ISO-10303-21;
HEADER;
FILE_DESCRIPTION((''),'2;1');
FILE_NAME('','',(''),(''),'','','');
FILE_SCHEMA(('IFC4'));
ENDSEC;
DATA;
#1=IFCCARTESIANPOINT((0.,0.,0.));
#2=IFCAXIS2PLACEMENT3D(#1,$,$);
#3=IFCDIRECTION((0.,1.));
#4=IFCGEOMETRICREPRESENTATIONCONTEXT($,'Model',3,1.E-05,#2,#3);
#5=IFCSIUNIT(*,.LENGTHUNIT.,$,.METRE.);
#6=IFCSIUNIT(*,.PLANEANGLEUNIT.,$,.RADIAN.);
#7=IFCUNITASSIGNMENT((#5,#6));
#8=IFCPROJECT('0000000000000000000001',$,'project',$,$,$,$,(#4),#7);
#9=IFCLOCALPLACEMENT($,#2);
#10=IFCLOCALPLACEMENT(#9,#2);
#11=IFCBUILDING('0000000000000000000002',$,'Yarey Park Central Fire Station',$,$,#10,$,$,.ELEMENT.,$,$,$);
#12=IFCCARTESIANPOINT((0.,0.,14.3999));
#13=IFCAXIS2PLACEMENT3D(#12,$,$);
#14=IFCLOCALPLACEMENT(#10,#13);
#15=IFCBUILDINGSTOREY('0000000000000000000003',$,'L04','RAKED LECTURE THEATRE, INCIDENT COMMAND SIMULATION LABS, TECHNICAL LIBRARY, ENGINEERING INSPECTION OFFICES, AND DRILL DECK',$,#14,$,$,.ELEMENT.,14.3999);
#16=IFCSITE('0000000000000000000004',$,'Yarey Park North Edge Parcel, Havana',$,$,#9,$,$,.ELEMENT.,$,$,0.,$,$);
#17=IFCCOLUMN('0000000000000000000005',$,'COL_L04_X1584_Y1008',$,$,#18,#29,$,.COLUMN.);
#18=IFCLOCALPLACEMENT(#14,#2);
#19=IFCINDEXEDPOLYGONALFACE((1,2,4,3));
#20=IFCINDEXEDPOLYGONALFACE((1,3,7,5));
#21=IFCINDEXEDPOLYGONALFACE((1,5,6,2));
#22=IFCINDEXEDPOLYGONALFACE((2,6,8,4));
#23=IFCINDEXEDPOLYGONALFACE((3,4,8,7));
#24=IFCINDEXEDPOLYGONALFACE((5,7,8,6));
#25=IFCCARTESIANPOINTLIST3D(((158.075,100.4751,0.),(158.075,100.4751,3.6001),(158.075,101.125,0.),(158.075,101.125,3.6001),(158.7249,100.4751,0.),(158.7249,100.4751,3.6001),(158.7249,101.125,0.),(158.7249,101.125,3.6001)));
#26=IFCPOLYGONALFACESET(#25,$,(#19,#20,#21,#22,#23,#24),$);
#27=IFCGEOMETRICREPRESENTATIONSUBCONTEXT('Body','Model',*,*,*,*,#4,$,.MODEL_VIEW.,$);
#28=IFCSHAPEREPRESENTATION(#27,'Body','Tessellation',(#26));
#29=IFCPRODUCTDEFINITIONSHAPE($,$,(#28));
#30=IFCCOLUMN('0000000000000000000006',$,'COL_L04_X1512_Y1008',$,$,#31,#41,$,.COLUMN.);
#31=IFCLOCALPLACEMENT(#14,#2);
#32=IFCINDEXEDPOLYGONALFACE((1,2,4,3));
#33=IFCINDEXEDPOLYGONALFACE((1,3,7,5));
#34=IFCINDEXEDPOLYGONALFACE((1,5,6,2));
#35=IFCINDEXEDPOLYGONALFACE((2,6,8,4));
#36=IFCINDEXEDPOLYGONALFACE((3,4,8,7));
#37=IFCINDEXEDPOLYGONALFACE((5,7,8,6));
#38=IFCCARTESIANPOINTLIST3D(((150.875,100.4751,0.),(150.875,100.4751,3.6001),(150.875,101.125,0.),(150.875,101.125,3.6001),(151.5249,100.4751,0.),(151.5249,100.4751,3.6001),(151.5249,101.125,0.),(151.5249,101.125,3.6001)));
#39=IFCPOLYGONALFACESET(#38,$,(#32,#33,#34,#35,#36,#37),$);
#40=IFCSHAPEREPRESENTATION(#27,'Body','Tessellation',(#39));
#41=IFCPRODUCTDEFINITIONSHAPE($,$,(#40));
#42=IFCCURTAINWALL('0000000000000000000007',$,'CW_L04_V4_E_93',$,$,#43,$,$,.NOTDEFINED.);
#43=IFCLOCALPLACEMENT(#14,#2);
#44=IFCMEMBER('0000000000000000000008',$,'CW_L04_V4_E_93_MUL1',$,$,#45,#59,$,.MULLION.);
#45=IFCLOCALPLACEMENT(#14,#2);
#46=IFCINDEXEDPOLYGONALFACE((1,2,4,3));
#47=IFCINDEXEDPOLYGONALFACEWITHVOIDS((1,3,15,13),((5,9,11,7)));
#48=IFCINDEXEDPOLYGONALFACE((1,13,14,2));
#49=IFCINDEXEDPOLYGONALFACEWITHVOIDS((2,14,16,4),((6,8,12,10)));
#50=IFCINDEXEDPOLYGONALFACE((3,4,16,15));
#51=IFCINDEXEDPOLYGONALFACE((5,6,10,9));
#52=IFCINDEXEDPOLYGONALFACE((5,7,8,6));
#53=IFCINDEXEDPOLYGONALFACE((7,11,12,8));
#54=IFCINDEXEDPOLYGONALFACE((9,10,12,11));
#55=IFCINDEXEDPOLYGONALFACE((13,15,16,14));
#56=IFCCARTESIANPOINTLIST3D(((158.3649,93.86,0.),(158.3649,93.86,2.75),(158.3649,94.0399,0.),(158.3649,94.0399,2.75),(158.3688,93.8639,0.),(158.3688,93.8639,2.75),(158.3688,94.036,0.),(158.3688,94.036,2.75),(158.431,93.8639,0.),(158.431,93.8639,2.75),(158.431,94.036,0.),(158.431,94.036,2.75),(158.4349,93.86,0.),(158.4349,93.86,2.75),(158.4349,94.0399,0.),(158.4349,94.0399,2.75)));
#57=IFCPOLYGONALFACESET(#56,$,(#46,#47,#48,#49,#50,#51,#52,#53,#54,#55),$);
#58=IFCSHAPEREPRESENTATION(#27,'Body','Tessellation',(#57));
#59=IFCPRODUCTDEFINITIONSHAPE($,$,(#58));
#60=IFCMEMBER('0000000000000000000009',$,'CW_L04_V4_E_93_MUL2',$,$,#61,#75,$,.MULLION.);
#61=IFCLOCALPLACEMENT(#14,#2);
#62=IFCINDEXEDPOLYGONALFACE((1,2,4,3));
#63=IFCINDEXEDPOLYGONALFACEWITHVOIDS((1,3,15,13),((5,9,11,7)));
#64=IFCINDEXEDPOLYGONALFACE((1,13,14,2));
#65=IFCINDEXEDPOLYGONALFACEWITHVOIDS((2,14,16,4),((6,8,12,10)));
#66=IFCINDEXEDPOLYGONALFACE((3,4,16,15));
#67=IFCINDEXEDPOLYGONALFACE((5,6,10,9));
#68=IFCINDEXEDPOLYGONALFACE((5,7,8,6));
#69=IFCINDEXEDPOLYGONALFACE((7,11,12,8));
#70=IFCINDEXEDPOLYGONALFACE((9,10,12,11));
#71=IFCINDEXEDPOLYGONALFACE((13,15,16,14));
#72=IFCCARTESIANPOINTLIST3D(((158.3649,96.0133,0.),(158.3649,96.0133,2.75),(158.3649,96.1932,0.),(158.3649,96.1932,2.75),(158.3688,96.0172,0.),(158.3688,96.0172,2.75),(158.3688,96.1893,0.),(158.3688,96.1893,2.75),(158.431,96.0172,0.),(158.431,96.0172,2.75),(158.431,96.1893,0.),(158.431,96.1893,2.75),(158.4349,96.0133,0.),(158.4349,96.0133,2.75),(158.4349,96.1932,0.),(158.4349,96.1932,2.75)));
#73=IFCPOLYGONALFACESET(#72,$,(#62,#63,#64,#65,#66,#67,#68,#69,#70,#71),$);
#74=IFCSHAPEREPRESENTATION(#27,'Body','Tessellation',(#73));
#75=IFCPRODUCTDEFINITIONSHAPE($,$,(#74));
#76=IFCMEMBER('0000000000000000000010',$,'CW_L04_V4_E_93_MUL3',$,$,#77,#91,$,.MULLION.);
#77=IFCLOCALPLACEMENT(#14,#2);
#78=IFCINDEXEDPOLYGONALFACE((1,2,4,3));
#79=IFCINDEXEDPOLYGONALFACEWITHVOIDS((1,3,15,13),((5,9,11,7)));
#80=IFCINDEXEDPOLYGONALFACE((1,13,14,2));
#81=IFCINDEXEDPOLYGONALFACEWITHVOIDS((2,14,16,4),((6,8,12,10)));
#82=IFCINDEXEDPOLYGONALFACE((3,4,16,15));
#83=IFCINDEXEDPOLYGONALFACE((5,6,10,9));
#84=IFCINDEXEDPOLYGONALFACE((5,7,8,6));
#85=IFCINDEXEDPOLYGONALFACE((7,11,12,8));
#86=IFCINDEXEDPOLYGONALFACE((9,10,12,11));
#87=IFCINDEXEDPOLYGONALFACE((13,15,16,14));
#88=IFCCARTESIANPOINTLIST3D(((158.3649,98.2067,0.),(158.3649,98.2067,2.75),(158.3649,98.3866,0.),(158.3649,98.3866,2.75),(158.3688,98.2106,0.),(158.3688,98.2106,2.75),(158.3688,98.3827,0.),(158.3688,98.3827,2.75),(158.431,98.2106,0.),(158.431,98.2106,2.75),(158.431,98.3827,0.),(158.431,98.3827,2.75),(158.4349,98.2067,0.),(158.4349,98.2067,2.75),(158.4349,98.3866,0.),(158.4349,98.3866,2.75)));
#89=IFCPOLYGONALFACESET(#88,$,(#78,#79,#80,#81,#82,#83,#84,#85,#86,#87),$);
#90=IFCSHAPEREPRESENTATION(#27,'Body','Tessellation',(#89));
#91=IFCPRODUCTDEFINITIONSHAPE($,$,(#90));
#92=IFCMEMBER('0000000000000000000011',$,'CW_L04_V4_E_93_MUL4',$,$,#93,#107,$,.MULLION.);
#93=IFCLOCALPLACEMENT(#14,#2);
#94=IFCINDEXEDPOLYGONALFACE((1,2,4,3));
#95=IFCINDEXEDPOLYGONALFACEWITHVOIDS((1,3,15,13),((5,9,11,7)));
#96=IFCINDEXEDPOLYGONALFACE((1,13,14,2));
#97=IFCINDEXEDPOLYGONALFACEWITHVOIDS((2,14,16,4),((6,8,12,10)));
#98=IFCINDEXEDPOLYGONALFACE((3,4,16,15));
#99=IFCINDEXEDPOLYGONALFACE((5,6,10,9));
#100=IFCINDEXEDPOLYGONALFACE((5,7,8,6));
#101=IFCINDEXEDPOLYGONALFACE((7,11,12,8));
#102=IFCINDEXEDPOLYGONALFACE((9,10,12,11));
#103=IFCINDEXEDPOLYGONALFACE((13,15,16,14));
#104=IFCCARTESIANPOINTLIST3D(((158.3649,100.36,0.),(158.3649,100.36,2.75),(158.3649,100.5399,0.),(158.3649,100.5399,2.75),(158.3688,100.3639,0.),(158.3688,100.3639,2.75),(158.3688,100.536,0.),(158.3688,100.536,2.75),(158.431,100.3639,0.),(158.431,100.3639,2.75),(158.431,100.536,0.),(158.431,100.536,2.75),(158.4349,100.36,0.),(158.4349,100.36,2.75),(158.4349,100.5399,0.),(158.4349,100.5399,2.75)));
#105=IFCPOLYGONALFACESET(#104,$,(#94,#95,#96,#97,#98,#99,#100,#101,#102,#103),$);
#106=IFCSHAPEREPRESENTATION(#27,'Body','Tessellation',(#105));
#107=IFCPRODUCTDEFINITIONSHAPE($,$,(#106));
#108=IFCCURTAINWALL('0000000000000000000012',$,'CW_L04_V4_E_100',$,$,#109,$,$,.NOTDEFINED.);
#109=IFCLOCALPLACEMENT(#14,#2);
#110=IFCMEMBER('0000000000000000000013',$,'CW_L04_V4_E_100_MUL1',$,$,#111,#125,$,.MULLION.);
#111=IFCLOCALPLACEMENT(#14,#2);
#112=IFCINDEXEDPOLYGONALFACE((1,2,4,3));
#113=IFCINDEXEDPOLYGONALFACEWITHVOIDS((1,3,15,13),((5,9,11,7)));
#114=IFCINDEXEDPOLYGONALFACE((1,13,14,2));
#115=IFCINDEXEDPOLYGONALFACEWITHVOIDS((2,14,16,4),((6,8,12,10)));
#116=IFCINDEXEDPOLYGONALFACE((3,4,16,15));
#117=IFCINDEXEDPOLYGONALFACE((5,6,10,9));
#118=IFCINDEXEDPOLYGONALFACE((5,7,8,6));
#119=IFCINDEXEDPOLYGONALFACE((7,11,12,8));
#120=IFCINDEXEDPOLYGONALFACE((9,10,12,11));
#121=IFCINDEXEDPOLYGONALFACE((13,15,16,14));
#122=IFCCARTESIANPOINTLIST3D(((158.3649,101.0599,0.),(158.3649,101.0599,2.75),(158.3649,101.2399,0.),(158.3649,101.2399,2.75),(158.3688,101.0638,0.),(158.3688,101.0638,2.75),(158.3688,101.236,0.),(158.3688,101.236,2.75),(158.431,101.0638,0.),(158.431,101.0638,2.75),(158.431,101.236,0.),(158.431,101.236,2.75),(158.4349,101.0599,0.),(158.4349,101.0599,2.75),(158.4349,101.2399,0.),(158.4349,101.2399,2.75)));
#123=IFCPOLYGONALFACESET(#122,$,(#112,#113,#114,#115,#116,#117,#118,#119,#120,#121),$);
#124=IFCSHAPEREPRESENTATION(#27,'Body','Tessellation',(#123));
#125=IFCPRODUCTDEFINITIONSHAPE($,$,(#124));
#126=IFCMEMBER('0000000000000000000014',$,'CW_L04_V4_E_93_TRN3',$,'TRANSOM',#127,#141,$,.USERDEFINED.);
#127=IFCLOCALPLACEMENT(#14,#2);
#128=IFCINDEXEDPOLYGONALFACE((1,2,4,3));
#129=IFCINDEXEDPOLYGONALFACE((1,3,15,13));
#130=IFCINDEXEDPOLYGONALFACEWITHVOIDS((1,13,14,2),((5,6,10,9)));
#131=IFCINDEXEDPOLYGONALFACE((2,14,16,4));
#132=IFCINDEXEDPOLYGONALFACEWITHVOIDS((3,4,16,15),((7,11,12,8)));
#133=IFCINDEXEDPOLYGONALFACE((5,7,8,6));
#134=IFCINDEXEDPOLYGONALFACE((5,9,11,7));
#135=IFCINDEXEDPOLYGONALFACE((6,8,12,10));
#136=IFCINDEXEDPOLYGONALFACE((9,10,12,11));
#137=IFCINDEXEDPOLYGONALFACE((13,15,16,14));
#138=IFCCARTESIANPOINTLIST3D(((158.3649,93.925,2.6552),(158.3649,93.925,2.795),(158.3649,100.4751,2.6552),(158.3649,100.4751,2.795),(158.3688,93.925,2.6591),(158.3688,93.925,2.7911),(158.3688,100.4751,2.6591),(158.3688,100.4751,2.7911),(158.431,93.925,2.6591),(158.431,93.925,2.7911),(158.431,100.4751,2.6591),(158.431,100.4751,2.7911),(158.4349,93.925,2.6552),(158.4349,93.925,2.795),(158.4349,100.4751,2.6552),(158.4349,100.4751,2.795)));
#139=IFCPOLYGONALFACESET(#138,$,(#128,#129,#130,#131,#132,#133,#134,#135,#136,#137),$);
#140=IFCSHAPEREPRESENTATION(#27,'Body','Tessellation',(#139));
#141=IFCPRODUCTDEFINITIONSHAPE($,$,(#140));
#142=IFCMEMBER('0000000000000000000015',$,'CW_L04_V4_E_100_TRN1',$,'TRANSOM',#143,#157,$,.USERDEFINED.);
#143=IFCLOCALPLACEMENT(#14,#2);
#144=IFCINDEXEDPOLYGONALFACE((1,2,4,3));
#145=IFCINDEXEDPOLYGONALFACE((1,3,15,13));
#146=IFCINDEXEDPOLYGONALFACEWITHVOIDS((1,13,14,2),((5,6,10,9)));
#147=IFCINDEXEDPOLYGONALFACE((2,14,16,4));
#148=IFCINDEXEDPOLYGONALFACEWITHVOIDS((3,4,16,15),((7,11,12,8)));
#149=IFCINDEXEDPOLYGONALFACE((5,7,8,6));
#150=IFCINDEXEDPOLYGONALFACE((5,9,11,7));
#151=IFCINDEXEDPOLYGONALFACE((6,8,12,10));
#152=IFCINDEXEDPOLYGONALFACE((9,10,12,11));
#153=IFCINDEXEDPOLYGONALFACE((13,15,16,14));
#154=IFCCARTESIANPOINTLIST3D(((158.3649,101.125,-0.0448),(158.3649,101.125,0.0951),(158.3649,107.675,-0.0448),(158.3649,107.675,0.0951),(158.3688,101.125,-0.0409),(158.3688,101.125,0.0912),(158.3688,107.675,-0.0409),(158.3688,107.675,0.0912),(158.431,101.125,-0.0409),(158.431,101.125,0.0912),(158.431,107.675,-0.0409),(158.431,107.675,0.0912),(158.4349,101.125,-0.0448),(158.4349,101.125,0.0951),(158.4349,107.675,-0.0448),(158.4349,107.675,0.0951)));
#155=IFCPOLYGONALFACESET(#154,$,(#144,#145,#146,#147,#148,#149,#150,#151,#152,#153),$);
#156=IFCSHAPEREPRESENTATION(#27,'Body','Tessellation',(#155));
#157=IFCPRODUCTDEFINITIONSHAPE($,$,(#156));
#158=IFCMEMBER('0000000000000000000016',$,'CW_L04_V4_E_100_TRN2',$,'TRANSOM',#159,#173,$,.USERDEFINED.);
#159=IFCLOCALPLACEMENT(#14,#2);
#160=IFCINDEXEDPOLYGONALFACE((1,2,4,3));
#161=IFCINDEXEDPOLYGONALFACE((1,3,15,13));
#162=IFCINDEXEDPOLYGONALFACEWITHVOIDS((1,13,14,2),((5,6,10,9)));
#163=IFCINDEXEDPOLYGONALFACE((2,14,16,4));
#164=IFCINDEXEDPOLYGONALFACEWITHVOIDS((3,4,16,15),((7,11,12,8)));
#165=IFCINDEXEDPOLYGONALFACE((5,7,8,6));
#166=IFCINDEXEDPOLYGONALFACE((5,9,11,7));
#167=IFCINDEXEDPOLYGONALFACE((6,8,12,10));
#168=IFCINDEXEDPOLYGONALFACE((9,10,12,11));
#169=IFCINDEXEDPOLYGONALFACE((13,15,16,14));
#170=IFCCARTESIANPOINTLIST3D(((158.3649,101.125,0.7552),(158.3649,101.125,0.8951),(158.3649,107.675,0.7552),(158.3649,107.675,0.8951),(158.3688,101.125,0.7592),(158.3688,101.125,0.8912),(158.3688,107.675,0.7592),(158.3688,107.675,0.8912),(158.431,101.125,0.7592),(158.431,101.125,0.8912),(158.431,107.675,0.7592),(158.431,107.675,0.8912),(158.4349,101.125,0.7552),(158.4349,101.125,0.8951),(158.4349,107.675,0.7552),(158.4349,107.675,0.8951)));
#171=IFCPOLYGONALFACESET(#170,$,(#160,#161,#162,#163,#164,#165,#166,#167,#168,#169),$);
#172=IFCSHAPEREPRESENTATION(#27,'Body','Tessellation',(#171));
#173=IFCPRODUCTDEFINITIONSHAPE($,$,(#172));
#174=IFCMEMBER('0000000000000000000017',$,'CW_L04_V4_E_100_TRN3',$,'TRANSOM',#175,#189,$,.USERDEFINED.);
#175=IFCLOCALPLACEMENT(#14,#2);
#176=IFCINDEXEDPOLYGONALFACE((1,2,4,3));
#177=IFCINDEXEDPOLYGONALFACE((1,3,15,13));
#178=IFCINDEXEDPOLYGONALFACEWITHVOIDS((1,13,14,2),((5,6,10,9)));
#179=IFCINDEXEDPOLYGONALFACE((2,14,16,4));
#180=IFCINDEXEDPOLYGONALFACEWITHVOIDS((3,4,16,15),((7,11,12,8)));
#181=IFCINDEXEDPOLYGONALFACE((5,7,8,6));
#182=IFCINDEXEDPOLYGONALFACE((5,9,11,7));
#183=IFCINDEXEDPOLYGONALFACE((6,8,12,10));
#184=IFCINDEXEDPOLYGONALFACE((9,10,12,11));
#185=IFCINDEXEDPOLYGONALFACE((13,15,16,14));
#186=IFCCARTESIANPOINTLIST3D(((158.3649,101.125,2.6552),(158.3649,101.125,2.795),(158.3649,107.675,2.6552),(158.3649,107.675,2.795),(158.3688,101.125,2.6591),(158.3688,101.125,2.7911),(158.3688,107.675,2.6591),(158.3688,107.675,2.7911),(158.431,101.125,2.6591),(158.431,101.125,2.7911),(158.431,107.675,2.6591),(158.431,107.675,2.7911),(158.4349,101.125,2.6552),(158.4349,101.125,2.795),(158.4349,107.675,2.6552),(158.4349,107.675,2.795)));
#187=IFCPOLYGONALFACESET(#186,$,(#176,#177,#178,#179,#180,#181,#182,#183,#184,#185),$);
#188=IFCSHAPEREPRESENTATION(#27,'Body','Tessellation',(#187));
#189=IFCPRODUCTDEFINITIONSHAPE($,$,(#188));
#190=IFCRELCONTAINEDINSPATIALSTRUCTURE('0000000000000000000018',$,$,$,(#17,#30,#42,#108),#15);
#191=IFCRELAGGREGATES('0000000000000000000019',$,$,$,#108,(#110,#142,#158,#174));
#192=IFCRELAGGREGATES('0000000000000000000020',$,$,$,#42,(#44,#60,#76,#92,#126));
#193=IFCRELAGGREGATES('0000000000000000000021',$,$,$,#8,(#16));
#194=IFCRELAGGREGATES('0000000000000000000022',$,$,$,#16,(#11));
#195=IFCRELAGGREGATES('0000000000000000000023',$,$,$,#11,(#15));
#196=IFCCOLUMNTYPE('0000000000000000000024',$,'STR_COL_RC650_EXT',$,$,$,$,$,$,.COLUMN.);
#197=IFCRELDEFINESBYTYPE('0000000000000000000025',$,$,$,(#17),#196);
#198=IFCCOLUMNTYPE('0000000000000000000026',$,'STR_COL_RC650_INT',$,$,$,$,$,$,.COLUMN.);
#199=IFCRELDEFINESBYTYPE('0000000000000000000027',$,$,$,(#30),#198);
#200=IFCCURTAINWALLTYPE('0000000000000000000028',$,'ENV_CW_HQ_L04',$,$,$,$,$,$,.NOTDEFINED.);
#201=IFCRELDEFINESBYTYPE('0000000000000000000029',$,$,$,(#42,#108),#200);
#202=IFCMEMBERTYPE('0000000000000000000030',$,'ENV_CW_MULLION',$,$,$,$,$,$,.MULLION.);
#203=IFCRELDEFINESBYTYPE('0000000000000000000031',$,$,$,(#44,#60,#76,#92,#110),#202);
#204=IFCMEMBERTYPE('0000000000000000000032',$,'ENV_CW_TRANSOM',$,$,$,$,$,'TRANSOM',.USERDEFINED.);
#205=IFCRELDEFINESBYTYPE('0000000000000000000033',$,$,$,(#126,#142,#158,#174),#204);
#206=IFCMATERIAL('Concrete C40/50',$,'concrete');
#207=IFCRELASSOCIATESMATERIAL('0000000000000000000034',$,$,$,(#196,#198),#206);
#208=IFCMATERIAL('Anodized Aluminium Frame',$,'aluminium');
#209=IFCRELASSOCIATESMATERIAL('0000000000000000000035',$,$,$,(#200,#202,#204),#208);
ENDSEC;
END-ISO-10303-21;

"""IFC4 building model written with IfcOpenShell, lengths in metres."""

from ifc_helpers import new_model, si_unit, direction, frame, origin, origin_2d, place, context, subcontext, project, spatial, rectangle, hollow_rectangle, extrude, material, material_profile, profile_set, type_object, element, aggregate, save


model = new_model("IFC4")

# Units and contexts
model_context = context("Model", 3, precision=1e-05, world=origin(), true_north=direction((0.0, 1.0)))
body_context = subcontext(model_context, "Body", "Model", "MODEL_VIEW")
ifc_project = project(units=[si_unit("LENGTHUNIT", "METRE"), si_unit("PLANEANGLEUNIT", "RADIAN")], contexts=[model_context])

# Site, building, storey
site_placement = place(None, origin())
site = spatial("IfcSite", under=ifc_project, at=site_placement, Name="Yarey Park North Edge Parcel, Havana", CompositionType="ELEMENT", RefElevation=0.0)
building_placement = place(site_placement, origin())
building = spatial("IfcBuilding", under=site, at=building_placement, Name="Yarey Park Central Fire Station", CompositionType="ELEMENT")
storey_placement = place(building_placement, frame((0.0, 0.0, 14.3999)))
storey = spatial("IfcBuildingStorey", under=building, at=storey_placement, Name="L04", Description="RAKED LECTURE THEATRE, INCIDENT COMMAND SIMULATION LABS, TECHNICAL LIBRARY, ENGINEERING INSPECTION OFFICES, AND DRILL DECK", CompositionType="ELEMENT", Elevation=14.3999)

# Columns
ifc_material_1 = material(Name="Concrete C40/50", Category="concrete")
ifc_material_profile_1 = material_profile(ifc_material_1, rectangle(XDim=0.6499, YDim=0.6499, at=origin_2d()), Name="RC 650x650")
ifc_profile_set_1 = profile_set([ifc_material_profile_1], Name="Concrete C40/50")
column_type_1 = type_object("IfcColumnType", Name="STR_COL_RC650_EXT", PredefinedType="COLUMN", material=ifc_profile_set_1)
column_1_placement = place(storey_placement, frame((158.3999, 100.8, 0.0), z_axis=(0.0, 0.0, 1.0), x_axis=(1.0, 0.0, 0.0)))
element("IfcColumn", 1, at=column_1_placement, inside=storey, type_object=column_type_1, Name="COL_L04_X1584_Y1008", PredefinedType="COLUMN", context=body_context, shape_type="SweptSolid", body=[
    extrude(rectangle(XDim=0.6499, YDim=0.6499, at=origin_2d()), origin(), (0.0, 0.0, 1.0), 3.6001),
])
ifc_material_profile_2 = material_profile(ifc_material_1, rectangle(XDim=0.6499, YDim=0.6499, at=origin_2d()), Name="RC 650x650")
ifc_profile_set_2 = profile_set([ifc_material_profile_2], Name="Concrete C40/50")
column_type_2 = type_object("IfcColumnType", Name="STR_COL_RC650_INT", PredefinedType="COLUMN", material=ifc_profile_set_2)
column_2_placement = place(storey_placement, frame((151.2, 100.8, 0.0), z_axis=(0.0, 0.0, 1.0), x_axis=(1.0, 0.0, 0.0)))
element("IfcColumn", 2, at=column_2_placement, inside=storey, type_object=column_type_2, Name="COL_L04_X1512_Y1008", PredefinedType="COLUMN", context=body_context, shape_type="SweptSolid", body=[
    extrude(rectangle(XDim=0.6499, YDim=0.6499, at=origin_2d()), origin(), (0.0, 0.0, 1.0), 3.6001),
])

# Curtain wall, members
ifc_material_2 = material(Name="Anodized Aluminium Frame", Category="aluminium")
curtain_wall_type = type_object("IfcCurtainWallType", Name="ENV_CW_HQ_L04", PredefinedType="NOTDEFINED", material=ifc_material_2)
curtain_wall_1_placement = place(storey_placement, origin())
curtain_wall_1 = element("IfcCurtainWall", 3, at=curtain_wall_1_placement, inside=storey, type_object=curtain_wall_type, Name="CW_L04_V4_E_93", PredefinedType="NOTDEFINED")
ifc_material_profile_3 = material_profile(ifc_material_2, hollow_rectangle(XDim=0.0701, YDim=0.1799, WallThickness=0.0039, at=origin_2d()), Name="ALU 180x70x4")
ifc_profile_set_3 = profile_set([ifc_material_profile_3], Name="Anodized Aluminium Frame")
member_type_1 = type_object("IfcMemberType", Name="ENV_CW_MULLION", PredefinedType="MULLION", material=ifc_profile_set_3)
member_1_placement = place(storey_placement, frame((158.3999, 93.95, 0.0), z_axis=(0.0, 0.0, 1.0), x_axis=(1.0, 0.0, 0.0)))
member_1 = element("IfcMember", 4, at=member_1_placement, type_object=member_type_1, Name="CW_L04_V4_E_93_MUL1", PredefinedType="MULLION", context=body_context, shape_type="SweptSolid", body=[
    extrude(hollow_rectangle(XDim=0.0701, YDim=0.1799, WallThickness=0.0039, at=origin_2d()), origin(), (0.0, 0.0, 1.0), 2.75),
])
member_2_placement = place(storey_placement, frame((158.3999, 96.1033, 0.0), z_axis=(0.0, 0.0, 1.0), x_axis=(1.0, 0.0, 0.0)))
member_2 = element("IfcMember", 5, at=member_2_placement, type_object=member_type_1, Name="CW_L04_V4_E_93_MUL2", PredefinedType="MULLION", context=body_context, shape_type="SweptSolid", body=[
    extrude(hollow_rectangle(XDim=0.0701, YDim=0.1799, WallThickness=0.0039, at=origin_2d()), origin(), (0.0, 0.0, 1.0), 2.75),
])
member_3_placement = place(storey_placement, frame((158.3999, 98.2966, 0.0), z_axis=(0.0, 0.0, 1.0), x_axis=(1.0, 0.0, 0.0)))
member_3 = element("IfcMember", 6, at=member_3_placement, type_object=member_type_1, Name="CW_L04_V4_E_93_MUL3", PredefinedType="MULLION", context=body_context, shape_type="SweptSolid", body=[
    extrude(hollow_rectangle(XDim=0.0701, YDim=0.1799, WallThickness=0.0039, at=origin_2d()), origin(), (0.0, 0.0, 1.0), 2.75),
])
member_4_placement = place(storey_placement, frame((158.3999, 100.45, 0.0), z_axis=(0.0, 0.0, 1.0), x_axis=(1.0, 0.0, 0.0)))
member_4 = element("IfcMember", 7, at=member_4_placement, type_object=member_type_1, Name="CW_L04_V4_E_93_MUL4", PredefinedType="MULLION", context=body_context, shape_type="SweptSolid", body=[
    extrude(hollow_rectangle(XDim=0.0701, YDim=0.1799, WallThickness=0.0039, at=origin_2d()), origin(), (0.0, 0.0, 1.0), 2.75),
])

# Curtain wall, member
curtain_wall_2_placement = place(storey_placement, origin())
curtain_wall_2 = element("IfcCurtainWall", 8, at=curtain_wall_2_placement, inside=storey, type_object=curtain_wall_type, Name="CW_L04_V4_E_100", PredefinedType="NOTDEFINED")
member_5_placement = place(storey_placement, frame((158.3999, 101.1499, 0.0), z_axis=(0.0, 0.0, 1.0), x_axis=(1.0, 0.0, 0.0)))
member_5 = element("IfcMember", 9, at=member_5_placement, type_object=member_type_1, Name="CW_L04_V4_E_100_MUL1", PredefinedType="MULLION", context=body_context, shape_type="SweptSolid", body=[
    extrude(hollow_rectangle(XDim=0.0701, YDim=0.1799, WallThickness=0.0039, at=origin_2d()), origin(), (0.0, 0.0, 1.0), 2.75),
])

# Members
ifc_material_profile_4 = material_profile(ifc_material_2, hollow_rectangle(XDim=0.0701, YDim=0.1399, WallThickness=0.0039, at=origin_2d()), Name="ALU 140x70x4")
ifc_profile_set_4 = profile_set([ifc_material_profile_4], Name="Anodized Aluminium Frame")
member_type_2 = type_object("IfcMemberType", Name="ENV_CW_TRANSOM", ElementType="TRANSOM", PredefinedType="USERDEFINED", material=ifc_profile_set_4)
member_6_placement = place(storey_placement, frame((158.3999, 93.925, 2.7251), z_axis=(0.0, 1.0, 0.0), x_axis=(-1.0, 0.0, 0.0)))
member_6 = element("IfcMember", 10, at=member_6_placement, type_object=member_type_2, Name="CW_L04_V4_E_93_TRN3", ObjectType="TRANSOM", PredefinedType="USERDEFINED", context=body_context, shape_type="SweptSolid", body=[
    extrude(hollow_rectangle(XDim=0.0701, YDim=0.1399, WallThickness=0.0039, at=origin_2d()), origin(), (0.0, 0.0, 1.0), 6.55),
])
member_7_placement = place(storey_placement, frame((158.3999, 101.125, 0.0251), z_axis=(0.0, 1.0, 0.0), x_axis=(-1.0, 0.0, 0.0)))
member_7 = element("IfcMember", 11, at=member_7_placement, type_object=member_type_2, Name="CW_L04_V4_E_100_TRN1", ObjectType="TRANSOM", PredefinedType="USERDEFINED", context=body_context, shape_type="SweptSolid", body=[
    extrude(hollow_rectangle(XDim=0.0701, YDim=0.1399, WallThickness=0.0039, at=origin_2d()), origin(), (0.0, 0.0, 1.0), 6.55),
])
member_8_placement = place(storey_placement, frame((158.3999, 101.125, 0.8252), z_axis=(0.0, 1.0, 0.0), x_axis=(-1.0, 0.0, 0.0)))
member_8 = element("IfcMember", 12, at=member_8_placement, type_object=member_type_2, Name="CW_L04_V4_E_100_TRN2", ObjectType="TRANSOM", PredefinedType="USERDEFINED", context=body_context, shape_type="SweptSolid", body=[
    extrude(hollow_rectangle(XDim=0.0701, YDim=0.1399, WallThickness=0.0039, at=origin_2d()), origin(), (0.0, 0.0, 1.0), 6.55),
])
member_9_placement = place(storey_placement, frame((158.3999, 101.125, 2.7251), z_axis=(0.0, 1.0, 0.0), x_axis=(-1.0, 0.0, 0.0)))
member_9 = element("IfcMember", 13, at=member_9_placement, type_object=member_type_2, Name="CW_L04_V4_E_100_TRN3", ObjectType="TRANSOM", PredefinedType="USERDEFINED", context=body_context, shape_type="SweptSolid", body=[
    extrude(hollow_rectangle(XDim=0.0701, YDim=0.1399, WallThickness=0.0039, at=origin_2d()), origin(), (0.0, 0.0, 1.0), 6.55),
])
aggregate(curtain_wall_2, [member_5, member_7, member_8, member_9])

aggregate(curtain_wall_1, [member_1, member_2, member_3, member_4, member_6])

save(model, "model.ifc")
